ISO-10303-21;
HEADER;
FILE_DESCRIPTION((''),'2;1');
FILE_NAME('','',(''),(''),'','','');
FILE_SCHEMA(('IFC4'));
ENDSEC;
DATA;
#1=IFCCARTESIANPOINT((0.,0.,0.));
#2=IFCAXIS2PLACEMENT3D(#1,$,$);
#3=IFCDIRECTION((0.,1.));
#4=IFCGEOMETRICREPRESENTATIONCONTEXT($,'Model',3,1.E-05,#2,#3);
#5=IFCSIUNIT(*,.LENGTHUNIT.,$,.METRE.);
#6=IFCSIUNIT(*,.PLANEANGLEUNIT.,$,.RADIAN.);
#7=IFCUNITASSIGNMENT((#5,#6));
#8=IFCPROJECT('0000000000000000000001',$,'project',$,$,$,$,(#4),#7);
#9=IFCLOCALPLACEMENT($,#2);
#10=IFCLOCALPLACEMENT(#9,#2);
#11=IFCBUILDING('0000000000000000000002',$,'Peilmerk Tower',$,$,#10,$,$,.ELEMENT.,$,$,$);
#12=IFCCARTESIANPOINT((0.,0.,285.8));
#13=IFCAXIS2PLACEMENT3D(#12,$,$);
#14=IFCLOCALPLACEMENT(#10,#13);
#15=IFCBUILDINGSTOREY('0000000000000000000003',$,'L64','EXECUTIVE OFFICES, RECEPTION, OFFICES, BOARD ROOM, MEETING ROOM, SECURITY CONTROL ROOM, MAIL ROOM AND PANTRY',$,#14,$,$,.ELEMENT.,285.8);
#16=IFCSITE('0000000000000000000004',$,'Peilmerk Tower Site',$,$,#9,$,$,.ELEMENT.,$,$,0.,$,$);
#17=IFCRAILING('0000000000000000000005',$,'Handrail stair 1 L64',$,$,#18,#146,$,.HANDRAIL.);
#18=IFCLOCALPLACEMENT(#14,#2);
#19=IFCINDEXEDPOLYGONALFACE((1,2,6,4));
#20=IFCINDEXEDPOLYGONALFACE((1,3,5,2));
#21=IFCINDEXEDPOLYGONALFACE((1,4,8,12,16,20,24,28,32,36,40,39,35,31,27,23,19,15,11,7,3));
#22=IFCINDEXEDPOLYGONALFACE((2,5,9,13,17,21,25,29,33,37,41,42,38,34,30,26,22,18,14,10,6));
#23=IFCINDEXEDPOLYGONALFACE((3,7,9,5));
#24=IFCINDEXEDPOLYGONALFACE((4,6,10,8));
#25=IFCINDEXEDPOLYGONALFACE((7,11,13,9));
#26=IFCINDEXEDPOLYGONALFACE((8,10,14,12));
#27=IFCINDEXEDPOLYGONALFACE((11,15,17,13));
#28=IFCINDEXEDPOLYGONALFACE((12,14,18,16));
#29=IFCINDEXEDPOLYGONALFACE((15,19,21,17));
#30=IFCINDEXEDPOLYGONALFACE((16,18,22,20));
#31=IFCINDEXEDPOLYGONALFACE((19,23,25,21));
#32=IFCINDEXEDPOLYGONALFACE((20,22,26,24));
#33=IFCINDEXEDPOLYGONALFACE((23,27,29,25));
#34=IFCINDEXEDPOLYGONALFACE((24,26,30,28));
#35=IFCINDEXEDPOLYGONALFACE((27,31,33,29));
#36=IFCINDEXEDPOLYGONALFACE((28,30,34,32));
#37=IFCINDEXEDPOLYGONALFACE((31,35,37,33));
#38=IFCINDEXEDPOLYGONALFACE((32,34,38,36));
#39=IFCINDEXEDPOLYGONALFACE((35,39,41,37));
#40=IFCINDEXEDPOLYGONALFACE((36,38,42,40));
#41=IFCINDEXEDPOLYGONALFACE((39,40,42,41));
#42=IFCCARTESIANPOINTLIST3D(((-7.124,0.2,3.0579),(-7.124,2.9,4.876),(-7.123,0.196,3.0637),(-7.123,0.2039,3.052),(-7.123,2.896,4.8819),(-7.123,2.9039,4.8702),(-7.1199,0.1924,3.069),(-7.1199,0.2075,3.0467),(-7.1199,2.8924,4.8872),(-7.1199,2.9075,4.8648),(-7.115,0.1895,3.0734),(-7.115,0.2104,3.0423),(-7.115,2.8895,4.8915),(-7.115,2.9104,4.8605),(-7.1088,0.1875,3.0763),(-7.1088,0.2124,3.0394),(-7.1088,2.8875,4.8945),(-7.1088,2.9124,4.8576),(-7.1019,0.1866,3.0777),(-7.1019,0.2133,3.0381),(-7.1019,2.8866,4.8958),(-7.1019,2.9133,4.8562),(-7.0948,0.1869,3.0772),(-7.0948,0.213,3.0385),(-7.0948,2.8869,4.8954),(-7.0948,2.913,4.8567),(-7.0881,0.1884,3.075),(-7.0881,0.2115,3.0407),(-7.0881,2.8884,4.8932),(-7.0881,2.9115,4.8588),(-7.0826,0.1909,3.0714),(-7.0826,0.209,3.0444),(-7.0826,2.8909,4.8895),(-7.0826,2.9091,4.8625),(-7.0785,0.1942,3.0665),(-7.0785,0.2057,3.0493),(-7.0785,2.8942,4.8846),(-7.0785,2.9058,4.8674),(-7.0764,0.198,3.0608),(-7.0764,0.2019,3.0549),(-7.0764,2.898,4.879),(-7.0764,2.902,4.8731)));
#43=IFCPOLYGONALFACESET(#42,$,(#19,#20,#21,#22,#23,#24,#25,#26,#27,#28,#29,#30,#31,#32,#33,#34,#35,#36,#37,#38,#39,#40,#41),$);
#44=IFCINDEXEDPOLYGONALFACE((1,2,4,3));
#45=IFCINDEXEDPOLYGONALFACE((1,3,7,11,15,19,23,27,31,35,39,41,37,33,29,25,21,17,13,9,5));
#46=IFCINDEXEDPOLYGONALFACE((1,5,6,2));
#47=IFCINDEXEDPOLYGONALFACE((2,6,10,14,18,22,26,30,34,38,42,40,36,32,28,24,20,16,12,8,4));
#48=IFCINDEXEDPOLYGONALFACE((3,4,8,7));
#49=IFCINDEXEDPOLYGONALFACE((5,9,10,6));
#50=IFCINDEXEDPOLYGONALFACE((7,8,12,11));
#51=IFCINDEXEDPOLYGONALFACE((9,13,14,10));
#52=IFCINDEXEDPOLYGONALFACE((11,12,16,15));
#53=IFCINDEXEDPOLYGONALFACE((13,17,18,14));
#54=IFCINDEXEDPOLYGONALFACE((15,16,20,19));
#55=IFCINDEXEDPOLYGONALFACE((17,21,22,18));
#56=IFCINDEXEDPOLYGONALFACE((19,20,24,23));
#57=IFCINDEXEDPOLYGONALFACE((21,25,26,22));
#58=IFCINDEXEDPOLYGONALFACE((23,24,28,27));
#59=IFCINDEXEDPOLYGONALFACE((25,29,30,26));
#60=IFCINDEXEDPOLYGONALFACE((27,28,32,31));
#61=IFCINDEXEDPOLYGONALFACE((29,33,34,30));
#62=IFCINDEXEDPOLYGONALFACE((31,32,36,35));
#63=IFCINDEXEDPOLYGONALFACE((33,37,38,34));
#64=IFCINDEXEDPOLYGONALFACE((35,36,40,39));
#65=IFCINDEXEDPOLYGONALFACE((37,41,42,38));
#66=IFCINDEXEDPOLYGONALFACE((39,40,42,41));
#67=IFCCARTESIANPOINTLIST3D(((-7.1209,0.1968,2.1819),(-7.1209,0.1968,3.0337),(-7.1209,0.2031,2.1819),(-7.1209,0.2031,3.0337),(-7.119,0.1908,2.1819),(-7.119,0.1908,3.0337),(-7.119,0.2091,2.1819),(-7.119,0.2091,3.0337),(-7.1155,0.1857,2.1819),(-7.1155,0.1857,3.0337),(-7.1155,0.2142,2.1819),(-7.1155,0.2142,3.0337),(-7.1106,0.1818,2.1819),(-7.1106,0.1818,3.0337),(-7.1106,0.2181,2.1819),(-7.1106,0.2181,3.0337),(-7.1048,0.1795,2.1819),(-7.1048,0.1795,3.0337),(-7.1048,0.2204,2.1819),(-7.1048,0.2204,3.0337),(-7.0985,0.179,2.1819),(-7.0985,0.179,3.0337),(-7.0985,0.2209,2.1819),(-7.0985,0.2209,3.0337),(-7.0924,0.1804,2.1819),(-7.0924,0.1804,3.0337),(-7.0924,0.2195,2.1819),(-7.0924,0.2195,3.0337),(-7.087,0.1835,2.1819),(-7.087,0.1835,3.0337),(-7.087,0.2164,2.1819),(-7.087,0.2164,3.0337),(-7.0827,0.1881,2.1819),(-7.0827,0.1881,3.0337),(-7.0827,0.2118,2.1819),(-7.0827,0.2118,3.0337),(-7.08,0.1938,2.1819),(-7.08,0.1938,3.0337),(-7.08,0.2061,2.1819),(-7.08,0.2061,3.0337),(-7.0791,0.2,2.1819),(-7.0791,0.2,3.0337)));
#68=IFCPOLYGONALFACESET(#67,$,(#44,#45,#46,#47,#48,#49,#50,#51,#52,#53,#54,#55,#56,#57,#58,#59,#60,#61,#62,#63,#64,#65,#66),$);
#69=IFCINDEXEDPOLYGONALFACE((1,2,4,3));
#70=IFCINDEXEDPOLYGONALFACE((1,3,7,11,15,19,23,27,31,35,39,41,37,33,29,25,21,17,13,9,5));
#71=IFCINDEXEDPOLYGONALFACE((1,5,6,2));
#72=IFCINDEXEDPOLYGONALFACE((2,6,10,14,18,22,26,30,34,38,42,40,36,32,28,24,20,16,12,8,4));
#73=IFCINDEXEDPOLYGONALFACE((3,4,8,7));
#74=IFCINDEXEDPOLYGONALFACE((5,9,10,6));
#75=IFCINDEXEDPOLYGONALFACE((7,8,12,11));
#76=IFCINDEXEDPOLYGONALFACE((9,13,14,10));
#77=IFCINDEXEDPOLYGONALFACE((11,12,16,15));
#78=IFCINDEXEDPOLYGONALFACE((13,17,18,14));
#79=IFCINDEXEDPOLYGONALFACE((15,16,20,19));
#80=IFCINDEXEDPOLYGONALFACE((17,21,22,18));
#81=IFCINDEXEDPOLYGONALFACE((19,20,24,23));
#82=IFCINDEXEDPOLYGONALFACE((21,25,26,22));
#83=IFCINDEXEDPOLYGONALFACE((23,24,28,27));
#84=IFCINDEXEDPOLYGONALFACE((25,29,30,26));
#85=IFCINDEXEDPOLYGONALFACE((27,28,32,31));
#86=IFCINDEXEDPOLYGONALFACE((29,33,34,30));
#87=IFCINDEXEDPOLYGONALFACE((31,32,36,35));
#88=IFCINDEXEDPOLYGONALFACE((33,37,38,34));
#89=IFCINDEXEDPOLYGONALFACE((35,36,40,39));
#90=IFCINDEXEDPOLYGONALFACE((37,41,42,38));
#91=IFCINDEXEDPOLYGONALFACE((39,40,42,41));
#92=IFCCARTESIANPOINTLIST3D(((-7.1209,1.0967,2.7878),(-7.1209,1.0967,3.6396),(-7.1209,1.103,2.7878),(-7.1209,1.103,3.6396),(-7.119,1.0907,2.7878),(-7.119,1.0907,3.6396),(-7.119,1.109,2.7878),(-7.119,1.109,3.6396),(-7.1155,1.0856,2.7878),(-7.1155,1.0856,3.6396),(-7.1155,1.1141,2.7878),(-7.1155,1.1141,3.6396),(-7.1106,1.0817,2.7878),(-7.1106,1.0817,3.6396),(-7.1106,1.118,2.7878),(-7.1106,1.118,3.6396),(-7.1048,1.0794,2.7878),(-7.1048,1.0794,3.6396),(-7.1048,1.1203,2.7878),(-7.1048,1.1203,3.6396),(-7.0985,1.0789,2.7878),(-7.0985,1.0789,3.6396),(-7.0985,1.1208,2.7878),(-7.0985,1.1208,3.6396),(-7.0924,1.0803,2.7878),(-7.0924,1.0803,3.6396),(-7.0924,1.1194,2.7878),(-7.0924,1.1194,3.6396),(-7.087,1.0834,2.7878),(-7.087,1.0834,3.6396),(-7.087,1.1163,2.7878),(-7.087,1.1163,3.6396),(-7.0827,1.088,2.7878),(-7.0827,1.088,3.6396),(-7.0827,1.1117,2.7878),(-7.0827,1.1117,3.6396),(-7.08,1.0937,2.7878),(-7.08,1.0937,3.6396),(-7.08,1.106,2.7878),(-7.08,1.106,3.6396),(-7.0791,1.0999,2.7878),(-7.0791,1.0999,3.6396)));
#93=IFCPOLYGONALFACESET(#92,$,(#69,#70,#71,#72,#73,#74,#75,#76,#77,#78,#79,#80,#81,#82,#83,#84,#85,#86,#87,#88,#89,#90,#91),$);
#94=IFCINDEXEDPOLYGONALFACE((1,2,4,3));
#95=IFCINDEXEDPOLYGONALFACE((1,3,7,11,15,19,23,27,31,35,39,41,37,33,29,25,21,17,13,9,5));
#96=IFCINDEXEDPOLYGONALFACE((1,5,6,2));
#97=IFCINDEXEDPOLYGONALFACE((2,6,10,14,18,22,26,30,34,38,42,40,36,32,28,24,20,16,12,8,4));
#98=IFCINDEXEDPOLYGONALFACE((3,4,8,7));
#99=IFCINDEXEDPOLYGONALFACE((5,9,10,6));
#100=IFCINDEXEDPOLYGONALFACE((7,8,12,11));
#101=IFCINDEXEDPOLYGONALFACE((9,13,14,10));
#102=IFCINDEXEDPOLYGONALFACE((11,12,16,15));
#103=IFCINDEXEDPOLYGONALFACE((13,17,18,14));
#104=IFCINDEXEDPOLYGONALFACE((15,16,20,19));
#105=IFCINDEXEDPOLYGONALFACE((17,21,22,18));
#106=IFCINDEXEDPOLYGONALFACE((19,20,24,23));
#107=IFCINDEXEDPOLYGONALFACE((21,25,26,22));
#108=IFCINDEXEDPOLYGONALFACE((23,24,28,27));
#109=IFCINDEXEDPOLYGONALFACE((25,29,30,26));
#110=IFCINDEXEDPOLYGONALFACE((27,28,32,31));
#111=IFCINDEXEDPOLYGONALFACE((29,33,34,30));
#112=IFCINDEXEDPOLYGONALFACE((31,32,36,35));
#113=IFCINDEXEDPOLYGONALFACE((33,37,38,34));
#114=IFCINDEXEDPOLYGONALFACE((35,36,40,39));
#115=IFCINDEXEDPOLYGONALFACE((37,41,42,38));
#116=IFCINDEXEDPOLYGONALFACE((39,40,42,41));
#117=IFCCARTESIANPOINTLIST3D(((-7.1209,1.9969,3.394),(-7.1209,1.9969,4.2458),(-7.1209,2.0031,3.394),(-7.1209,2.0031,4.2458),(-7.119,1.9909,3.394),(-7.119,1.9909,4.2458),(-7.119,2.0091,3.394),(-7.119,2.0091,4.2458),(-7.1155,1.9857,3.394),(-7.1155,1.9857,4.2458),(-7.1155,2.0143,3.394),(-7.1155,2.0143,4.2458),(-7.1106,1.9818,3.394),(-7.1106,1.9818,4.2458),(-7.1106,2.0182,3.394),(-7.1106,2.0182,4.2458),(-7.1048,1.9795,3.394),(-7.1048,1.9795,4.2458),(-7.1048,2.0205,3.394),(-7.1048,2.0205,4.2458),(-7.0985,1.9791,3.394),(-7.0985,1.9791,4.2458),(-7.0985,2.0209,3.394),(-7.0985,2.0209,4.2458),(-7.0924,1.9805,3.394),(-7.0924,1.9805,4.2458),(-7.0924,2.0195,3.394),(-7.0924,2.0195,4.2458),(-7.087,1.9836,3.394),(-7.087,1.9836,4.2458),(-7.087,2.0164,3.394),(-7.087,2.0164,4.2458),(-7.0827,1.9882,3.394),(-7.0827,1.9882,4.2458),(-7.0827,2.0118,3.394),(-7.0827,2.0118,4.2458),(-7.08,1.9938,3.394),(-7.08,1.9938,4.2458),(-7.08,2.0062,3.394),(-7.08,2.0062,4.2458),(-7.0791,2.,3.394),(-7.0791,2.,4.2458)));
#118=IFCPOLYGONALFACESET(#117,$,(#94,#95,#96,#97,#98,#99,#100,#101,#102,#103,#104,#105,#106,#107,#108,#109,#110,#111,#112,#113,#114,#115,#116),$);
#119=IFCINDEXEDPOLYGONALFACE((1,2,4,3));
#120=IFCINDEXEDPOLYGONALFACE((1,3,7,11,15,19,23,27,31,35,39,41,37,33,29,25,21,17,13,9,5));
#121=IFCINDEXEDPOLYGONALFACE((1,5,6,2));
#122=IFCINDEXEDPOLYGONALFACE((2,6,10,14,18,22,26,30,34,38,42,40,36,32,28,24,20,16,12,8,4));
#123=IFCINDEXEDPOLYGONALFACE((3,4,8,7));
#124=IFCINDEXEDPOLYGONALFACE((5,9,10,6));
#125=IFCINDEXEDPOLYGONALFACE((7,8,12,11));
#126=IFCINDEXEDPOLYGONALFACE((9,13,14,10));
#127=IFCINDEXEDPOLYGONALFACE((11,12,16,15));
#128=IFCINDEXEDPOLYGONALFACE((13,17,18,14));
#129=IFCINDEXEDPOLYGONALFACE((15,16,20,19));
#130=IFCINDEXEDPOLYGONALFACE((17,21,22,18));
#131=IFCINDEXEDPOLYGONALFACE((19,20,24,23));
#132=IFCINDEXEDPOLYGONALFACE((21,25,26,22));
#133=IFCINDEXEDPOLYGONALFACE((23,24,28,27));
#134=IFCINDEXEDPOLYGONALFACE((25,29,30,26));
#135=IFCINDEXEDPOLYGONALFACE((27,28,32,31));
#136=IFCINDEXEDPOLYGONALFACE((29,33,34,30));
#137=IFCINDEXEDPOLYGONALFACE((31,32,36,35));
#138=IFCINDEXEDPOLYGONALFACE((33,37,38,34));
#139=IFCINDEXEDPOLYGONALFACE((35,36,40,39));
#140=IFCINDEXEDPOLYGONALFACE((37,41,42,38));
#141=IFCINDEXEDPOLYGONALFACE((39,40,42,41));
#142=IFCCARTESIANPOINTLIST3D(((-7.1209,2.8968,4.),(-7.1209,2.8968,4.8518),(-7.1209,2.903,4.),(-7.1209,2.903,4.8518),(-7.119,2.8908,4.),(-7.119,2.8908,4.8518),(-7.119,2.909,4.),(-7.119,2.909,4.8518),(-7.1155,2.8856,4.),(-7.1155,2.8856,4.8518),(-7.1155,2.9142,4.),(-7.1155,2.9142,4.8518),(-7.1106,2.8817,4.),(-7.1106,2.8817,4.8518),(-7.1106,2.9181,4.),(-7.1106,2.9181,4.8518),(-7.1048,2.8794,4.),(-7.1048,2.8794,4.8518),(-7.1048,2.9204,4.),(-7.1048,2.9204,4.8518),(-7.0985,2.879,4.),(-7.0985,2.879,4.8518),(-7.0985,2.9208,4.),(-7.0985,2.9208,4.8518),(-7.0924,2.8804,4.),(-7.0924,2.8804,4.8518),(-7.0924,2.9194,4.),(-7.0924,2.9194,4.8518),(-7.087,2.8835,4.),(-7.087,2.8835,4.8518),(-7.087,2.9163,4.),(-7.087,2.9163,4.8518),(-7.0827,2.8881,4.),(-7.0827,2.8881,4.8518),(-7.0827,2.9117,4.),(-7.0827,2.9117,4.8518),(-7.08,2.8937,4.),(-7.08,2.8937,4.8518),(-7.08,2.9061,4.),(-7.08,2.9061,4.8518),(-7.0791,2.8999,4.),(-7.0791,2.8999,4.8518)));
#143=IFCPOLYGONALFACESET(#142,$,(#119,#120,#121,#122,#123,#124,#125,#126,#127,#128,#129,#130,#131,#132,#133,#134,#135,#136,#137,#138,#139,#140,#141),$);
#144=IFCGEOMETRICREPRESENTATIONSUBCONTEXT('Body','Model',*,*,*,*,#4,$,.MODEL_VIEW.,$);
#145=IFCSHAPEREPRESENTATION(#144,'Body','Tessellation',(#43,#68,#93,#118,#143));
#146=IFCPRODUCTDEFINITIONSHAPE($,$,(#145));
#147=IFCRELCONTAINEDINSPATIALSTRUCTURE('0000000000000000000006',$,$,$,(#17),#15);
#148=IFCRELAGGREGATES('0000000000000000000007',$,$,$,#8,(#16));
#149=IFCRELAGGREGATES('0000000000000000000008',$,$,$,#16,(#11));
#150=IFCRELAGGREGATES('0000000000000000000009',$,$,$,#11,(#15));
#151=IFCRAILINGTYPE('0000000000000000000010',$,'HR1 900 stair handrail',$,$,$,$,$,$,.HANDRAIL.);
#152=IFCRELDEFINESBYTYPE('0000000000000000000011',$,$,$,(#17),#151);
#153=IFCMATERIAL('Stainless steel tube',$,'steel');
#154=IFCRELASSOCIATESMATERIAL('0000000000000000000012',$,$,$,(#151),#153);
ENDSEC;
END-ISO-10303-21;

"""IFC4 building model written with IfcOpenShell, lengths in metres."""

from ifc_helpers import new_model, si_unit, direction, frame, origin, origin_2d, place, context, subcontext, project, spatial, circle, extrude, material, type_object, element, save


model = new_model("IFC4")

# Units and contexts
model_context = context("Model", 3, precision=1e-05, world=origin(), true_north=direction((0.0, 1.0)))
body_context = subcontext(model_context, "Body", "Model", "MODEL_VIEW")
ifc_project = project(units=[si_unit("LENGTHUNIT", "METRE"), si_unit("PLANEANGLEUNIT", "RADIAN")], contexts=[model_context])

# Site, building, storey
site_placement = place(None, origin())
site = spatial("IfcSite", under=ifc_project, at=site_placement, Name="Peilmerk Tower Site", CompositionType="ELEMENT", RefElevation=0.0)
building_placement = place(site_placement, origin())
building = spatial("IfcBuilding", under=site, at=building_placement, Name="Peilmerk Tower", CompositionType="ELEMENT")
storey_placement = place(building_placement, frame((0.0, 0.0, 285.8)))
storey = spatial("IfcBuildingStorey", under=building, at=storey_placement, Name="L64", Description="EXECUTIVE OFFICES, RECEPTION, OFFICES, BOARD ROOM, MEETING ROOM, SECURITY CONTROL ROOM, MAIL ROOM AND PANTRY", CompositionType="ELEMENT", Elevation=285.8)

# Railing
ifc_material_1 = material(Name="Stainless steel tube", Category="steel")
railing_type_1 = type_object("IfcRailingType", Name="HR1 900 stair handrail", PredefinedType="HANDRAIL", material=ifc_material_1)
railing_1_placement = place(storey_placement, frame((-7.1001, 0.2, 2.1819)))
element("IfcRailing", 1, at=railing_1_placement, inside=storey, type_object=railing_type_1, Name="Handrail stair 1 L64", PredefinedType="HANDRAIL", context=body_context, shape_type="SweptSolid", body=[
    extrude(circle(Radius=0.0239, at=origin_2d()), frame((0.0, 0.0, 0.876), z_axis=(0.0, 0.829468, 0.558554), x_axis=(-1.0, 0.0, 0.0)), (0.0, 0.0, 1.0), 3.2551),
    extrude(circle(Radius=0.021, at=origin_2d()), origin(), (0.0, 0.0, 1.0), 0.8518),
    extrude(circle(Radius=0.021, at=origin_2d()), frame((0.0, 0.8999, 0.606)), (0.0, 0.0, 1.0), 0.8518),
    extrude(circle(Radius=0.021, at=origin_2d()), frame((0.0, 1.8, 1.2122)), (0.0, 0.0, 1.0), 0.8518),
    extrude(circle(Radius=0.021, at=origin_2d()), frame((0.0, 2.7, 1.8181)), (0.0, 0.0, 1.0), 0.8518),
])

save(model, "model.ifc")
